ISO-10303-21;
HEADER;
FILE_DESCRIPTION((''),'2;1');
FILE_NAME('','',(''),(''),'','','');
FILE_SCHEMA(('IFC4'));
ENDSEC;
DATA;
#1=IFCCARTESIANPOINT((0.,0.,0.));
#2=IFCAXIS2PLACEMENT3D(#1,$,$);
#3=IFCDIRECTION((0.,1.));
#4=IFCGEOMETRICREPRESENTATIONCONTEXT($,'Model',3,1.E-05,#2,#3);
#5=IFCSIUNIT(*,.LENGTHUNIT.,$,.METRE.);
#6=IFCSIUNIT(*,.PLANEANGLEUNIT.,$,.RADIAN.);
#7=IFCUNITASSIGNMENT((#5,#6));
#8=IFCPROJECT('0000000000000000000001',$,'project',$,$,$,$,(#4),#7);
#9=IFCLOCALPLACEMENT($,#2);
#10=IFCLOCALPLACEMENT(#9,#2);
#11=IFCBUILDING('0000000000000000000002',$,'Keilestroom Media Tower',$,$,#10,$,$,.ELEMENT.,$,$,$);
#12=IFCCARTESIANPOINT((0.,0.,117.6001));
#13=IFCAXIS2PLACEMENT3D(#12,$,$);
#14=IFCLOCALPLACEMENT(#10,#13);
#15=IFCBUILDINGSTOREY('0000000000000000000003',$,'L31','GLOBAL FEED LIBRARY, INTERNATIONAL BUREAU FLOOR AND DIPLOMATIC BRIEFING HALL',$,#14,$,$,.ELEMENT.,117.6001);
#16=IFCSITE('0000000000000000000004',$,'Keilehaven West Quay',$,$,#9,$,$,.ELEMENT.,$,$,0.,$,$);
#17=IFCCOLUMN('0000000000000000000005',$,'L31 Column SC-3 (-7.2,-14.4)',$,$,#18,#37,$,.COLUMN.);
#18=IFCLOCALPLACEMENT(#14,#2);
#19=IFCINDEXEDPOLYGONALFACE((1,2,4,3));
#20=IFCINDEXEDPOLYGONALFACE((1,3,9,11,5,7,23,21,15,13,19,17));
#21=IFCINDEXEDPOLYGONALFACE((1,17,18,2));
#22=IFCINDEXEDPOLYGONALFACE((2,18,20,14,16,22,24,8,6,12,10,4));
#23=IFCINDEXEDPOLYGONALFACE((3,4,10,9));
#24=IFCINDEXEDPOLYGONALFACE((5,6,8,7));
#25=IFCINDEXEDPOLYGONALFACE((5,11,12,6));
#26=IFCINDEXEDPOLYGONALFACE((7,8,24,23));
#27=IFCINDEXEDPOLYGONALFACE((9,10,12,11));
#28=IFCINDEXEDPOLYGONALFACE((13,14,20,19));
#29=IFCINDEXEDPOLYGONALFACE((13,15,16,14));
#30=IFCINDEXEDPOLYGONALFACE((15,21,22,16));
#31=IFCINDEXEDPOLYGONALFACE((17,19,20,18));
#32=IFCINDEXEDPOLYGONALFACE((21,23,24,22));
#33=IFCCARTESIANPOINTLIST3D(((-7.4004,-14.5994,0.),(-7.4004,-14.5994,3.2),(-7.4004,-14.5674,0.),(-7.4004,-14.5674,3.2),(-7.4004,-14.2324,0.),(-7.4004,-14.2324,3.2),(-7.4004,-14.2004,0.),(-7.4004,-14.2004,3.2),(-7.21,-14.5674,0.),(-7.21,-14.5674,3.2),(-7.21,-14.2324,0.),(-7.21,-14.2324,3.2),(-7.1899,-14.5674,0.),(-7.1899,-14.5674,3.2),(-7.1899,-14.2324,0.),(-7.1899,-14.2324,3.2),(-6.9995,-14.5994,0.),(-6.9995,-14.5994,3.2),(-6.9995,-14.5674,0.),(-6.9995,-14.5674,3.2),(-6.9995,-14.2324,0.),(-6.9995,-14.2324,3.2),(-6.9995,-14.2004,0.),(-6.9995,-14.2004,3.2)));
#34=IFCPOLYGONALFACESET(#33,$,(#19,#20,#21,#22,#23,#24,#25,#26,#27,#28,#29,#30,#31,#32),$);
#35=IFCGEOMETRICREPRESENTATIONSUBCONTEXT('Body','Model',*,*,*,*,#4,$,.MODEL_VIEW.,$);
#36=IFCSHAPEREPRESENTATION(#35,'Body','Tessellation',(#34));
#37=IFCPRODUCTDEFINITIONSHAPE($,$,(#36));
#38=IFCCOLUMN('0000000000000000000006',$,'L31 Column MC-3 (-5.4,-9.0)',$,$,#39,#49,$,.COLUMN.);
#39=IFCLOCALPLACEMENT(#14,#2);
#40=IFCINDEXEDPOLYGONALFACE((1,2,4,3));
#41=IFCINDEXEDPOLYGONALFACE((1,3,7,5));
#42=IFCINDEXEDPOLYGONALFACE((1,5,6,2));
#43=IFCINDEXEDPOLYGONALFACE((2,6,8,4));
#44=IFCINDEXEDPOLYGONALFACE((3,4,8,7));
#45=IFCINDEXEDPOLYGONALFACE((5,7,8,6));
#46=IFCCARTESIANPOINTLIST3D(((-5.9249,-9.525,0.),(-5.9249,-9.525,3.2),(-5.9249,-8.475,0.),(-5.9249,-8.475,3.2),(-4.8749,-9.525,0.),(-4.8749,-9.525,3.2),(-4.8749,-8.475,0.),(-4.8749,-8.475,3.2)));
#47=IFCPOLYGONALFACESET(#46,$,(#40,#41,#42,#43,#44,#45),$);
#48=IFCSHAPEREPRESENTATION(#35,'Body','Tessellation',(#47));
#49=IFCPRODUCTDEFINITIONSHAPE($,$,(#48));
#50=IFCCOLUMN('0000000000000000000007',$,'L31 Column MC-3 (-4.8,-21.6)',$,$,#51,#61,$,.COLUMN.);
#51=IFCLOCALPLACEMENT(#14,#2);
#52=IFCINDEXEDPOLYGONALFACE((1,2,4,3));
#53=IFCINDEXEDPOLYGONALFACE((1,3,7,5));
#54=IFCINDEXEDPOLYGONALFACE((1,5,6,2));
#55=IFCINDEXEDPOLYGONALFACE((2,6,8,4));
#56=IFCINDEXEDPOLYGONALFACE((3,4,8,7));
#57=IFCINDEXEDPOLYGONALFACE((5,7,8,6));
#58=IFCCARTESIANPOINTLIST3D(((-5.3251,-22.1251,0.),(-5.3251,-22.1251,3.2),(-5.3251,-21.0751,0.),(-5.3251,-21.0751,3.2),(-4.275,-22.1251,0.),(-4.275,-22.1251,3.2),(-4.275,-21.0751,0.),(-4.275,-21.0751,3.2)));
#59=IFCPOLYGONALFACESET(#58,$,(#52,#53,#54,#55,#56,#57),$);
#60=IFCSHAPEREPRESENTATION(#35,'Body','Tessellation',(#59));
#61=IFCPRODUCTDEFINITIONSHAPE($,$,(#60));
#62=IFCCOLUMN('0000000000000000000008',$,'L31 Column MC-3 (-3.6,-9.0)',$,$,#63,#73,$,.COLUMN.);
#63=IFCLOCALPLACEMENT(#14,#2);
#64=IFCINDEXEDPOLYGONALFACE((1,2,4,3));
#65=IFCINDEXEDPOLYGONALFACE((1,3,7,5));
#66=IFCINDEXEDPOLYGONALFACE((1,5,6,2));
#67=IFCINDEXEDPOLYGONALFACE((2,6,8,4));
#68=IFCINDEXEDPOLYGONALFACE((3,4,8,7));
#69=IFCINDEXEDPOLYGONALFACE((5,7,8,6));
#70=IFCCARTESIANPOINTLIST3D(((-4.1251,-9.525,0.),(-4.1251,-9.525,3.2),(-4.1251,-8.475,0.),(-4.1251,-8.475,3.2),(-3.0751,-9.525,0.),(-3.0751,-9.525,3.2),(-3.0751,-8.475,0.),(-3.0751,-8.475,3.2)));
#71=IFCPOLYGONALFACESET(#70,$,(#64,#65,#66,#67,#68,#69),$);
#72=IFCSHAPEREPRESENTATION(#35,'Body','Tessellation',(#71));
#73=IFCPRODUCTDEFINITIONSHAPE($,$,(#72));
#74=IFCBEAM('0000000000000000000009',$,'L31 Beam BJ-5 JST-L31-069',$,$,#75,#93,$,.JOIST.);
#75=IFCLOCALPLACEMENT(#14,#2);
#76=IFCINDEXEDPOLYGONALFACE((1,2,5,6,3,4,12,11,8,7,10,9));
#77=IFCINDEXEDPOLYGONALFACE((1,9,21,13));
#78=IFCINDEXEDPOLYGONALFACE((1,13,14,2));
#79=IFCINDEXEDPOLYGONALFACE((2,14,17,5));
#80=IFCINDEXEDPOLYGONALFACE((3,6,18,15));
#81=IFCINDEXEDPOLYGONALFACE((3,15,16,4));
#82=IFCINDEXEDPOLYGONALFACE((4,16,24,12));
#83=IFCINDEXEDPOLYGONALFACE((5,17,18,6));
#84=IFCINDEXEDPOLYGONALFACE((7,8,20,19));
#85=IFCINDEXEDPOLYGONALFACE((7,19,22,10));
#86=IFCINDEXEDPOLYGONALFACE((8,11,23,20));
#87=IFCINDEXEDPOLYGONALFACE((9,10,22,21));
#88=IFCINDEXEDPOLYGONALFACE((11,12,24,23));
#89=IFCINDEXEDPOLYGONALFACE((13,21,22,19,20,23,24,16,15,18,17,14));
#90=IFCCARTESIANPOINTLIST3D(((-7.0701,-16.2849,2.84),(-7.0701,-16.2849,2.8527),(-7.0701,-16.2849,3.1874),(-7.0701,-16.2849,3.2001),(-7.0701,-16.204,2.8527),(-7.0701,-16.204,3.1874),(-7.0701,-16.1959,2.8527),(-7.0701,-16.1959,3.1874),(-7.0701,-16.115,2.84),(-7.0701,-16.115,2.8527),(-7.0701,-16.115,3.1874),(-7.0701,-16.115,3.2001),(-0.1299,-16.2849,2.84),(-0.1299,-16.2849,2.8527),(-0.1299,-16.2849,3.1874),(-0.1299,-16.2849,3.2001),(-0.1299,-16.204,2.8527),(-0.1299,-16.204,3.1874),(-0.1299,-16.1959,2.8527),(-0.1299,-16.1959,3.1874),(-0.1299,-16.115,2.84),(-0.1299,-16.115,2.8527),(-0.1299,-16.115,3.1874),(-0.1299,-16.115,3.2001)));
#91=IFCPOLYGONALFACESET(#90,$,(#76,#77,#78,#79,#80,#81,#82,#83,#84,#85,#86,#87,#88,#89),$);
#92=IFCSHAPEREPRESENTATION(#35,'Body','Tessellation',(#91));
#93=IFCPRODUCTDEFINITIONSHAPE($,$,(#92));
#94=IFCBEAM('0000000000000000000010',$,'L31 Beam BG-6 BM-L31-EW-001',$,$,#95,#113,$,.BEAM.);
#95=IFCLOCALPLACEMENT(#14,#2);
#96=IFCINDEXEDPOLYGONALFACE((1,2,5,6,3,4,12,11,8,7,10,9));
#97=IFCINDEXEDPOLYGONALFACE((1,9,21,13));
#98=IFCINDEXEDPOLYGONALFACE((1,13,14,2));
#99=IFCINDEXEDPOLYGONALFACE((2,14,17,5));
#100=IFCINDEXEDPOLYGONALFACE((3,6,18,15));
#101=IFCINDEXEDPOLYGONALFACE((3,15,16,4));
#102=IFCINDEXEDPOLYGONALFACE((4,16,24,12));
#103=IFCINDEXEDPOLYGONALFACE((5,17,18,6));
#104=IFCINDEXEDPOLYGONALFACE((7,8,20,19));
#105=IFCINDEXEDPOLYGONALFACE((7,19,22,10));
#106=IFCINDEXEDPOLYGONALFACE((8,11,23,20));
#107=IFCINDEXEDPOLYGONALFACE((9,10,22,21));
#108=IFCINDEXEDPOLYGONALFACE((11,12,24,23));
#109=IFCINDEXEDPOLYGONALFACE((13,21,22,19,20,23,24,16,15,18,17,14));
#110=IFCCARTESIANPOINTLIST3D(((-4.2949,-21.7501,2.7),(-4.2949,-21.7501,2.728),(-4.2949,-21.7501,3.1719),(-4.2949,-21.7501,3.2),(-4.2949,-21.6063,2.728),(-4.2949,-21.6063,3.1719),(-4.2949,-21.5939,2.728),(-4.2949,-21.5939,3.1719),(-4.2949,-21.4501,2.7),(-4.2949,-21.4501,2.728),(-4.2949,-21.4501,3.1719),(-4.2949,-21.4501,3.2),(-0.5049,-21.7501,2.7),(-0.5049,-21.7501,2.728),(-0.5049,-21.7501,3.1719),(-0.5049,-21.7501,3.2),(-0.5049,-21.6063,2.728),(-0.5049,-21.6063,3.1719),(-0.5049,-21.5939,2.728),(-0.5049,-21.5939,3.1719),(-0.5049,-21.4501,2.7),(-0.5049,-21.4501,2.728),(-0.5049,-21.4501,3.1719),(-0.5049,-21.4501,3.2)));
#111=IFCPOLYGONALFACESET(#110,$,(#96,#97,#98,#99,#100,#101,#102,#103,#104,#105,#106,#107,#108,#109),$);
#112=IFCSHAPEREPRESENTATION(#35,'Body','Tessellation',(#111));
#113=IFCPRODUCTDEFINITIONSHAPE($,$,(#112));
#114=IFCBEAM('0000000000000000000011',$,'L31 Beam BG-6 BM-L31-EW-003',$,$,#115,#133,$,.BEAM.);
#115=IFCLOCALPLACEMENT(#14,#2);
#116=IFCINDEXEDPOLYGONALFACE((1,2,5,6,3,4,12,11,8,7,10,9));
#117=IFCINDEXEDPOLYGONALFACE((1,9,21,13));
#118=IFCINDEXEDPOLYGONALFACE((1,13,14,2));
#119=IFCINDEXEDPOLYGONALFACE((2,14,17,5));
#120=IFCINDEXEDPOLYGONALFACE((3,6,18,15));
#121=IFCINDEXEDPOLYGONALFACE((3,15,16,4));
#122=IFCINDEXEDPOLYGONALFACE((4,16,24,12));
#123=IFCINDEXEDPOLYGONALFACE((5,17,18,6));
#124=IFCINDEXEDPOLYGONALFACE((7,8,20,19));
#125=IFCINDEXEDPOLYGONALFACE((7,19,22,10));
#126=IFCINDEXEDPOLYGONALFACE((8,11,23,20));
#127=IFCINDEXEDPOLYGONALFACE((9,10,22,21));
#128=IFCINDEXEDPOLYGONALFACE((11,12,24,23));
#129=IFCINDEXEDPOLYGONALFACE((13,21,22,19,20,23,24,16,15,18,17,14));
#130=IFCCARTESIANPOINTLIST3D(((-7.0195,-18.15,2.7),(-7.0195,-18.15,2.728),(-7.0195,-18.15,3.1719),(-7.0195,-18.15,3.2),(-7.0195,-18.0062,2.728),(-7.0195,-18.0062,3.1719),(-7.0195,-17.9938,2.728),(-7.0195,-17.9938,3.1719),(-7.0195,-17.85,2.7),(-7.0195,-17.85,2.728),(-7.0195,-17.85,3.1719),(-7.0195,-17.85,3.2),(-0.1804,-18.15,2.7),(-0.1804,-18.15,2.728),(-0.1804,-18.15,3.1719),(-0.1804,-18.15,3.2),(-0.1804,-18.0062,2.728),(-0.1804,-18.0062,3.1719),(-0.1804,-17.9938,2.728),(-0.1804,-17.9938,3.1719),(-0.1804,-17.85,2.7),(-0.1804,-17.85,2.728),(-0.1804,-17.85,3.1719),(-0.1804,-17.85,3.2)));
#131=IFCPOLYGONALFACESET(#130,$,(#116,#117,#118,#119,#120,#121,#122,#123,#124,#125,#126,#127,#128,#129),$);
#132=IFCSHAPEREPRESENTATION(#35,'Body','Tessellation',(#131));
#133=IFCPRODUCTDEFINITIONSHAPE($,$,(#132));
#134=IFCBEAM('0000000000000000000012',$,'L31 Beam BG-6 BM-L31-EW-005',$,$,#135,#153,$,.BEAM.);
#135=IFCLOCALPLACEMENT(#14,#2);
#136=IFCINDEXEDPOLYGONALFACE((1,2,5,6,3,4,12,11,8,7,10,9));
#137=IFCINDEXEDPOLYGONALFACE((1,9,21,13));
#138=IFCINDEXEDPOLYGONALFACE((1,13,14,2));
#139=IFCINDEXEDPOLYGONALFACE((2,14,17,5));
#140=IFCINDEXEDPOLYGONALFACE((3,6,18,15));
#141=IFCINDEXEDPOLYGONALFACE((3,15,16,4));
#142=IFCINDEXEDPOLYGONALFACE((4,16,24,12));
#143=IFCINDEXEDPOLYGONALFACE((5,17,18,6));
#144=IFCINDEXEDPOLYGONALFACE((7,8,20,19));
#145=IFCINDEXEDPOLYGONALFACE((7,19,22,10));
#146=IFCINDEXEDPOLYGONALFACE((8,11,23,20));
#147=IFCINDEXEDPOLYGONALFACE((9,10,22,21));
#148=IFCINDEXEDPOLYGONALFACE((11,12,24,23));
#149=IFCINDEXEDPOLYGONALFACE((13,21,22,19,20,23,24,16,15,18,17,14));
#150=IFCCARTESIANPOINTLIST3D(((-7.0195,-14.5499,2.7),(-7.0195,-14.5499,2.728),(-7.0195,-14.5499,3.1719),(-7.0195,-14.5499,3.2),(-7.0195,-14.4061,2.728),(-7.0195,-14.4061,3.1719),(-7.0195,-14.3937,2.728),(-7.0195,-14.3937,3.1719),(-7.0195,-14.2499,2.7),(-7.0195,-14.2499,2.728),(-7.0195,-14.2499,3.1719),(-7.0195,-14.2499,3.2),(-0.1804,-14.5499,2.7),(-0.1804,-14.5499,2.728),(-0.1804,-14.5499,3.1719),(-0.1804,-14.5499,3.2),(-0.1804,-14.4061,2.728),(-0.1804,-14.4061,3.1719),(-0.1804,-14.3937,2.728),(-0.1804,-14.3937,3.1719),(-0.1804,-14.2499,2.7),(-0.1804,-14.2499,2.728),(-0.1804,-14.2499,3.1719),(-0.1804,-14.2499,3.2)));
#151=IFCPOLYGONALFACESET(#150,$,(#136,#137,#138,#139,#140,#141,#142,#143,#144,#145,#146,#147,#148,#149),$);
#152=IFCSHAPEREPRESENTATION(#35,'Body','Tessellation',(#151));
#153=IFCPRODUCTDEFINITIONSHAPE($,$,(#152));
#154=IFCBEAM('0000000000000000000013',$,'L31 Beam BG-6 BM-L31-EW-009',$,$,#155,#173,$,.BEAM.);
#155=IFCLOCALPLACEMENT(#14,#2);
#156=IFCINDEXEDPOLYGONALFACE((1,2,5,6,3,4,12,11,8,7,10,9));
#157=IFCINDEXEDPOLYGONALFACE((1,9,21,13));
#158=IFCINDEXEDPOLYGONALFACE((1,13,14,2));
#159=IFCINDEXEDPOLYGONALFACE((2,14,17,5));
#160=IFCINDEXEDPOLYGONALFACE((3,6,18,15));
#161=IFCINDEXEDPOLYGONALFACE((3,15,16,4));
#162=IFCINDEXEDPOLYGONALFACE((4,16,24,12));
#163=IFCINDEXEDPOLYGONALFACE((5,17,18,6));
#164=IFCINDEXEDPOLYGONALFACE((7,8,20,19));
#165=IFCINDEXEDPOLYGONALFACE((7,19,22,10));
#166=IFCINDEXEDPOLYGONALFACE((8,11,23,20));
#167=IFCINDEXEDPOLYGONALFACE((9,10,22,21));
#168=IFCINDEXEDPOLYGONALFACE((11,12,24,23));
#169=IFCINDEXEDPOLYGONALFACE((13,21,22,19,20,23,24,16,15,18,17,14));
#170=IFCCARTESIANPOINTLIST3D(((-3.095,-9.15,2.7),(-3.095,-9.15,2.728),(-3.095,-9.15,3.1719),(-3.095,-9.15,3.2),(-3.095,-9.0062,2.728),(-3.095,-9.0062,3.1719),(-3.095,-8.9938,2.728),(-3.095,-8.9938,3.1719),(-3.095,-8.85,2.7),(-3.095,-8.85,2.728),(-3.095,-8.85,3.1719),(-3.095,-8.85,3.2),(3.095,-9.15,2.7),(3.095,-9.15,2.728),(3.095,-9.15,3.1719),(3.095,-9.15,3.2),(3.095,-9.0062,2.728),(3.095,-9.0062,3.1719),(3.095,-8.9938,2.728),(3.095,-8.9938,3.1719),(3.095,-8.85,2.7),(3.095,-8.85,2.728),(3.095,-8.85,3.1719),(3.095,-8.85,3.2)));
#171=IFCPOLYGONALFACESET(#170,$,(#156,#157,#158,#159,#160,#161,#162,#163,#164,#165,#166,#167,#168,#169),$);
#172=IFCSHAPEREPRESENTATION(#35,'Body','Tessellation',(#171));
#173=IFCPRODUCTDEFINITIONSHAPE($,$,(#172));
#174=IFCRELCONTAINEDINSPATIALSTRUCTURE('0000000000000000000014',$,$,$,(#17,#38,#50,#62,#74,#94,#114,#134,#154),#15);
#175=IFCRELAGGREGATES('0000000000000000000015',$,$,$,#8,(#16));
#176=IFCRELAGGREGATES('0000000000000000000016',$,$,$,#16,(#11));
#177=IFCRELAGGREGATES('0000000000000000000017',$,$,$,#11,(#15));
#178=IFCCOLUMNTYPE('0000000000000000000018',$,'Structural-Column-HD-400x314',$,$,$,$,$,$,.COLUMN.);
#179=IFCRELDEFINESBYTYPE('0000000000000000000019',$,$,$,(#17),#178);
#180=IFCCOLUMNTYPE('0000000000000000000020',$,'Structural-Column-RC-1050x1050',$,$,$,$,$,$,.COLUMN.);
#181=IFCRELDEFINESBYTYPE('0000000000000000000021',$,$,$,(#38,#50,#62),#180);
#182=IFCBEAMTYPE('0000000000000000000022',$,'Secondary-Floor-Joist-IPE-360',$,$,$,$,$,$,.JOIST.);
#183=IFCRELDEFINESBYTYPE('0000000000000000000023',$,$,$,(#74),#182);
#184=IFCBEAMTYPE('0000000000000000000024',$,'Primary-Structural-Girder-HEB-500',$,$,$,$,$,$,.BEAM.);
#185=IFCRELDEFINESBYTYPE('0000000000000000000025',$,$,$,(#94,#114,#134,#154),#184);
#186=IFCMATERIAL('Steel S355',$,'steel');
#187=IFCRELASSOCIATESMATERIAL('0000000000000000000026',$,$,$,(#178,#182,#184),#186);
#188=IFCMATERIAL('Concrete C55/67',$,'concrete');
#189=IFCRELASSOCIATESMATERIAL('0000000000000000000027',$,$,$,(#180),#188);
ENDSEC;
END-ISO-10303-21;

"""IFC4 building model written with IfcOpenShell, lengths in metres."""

from ifc_helpers import new_model, si_unit, direction, frame, origin, origin_2d, place, context, subcontext, project, spatial, rectangle, i_section, extrude, source, transform, mapped, material, material_profile, profile_set, type_object, element, save


model = new_model("IFC4")

# Units and contexts
model_context = context("Model", 3, precision=1e-05, world=origin(), true_north=direction((0.0, 1.0)))
body_context = subcontext(model_context, "Body", "Model", "MODEL_VIEW")
ifc_project = project(units=[si_unit("LENGTHUNIT", "METRE"), si_unit("PLANEANGLEUNIT", "RADIAN")], contexts=[model_context])

# Site, building, storey
site_placement = place(None, origin())
site = spatial("IfcSite", under=ifc_project, at=site_placement, Name="Keilehaven West Quay", CompositionType="ELEMENT", RefElevation=0.0)
building_placement = place(site_placement, origin())
building = spatial("IfcBuilding", under=site, at=building_placement, Name="Keilestroom Media Tower", CompositionType="ELEMENT")
storey_placement = place(building_placement, frame((0.0, 0.0, 117.6001)))
storey = spatial("IfcBuildingStorey", under=building, at=storey_placement, Name="L31", Description="GLOBAL FEED LIBRARY, INTERNATIONAL BUREAU FLOOR AND DIPLOMATIC BRIEFING HALL", CompositionType="ELEMENT", Elevation=117.6001)

# Columns
ifc_material_1 = material(Name="Steel S355", Category="steel")
ifc_material_profile_1 = material_profile(ifc_material_1, i_section(OverallWidth=0.4009, OverallDepth=0.3989, WebThickness=0.02, FlangeThickness=0.032, at=origin_2d()), Name="HD 400x314")
ifc_profile_set_1 = profile_set([ifc_material_profile_1], Name="Steel S355")
column_type_1 = type_object("IfcColumnType", Name="Structural-Column-HD-400x314", PredefinedType="COLUMN", material=ifc_profile_set_1)
shared_shape_1 = source(origin(), body_context, "Body", "SweptSolid", [
    extrude(i_section(OverallWidth=0.4009, OverallDepth=0.3989, WebThickness=0.02, FlangeThickness=0.032, at=origin_2d()), origin(), (0.0, 0.0, 1.0), 3.2),
])
column_placement = place(storey_placement, frame((-7.2, -14.3999, 0.0), z_axis=(0.0, 0.0, 1.0), x_axis=(1.0, 0.0, 0.0)))
element("IfcColumn", 1, at=column_placement, inside=storey, type_object=column_type_1, Name="L31 Column SC-3 (-7.2,-14.4)", PredefinedType="COLUMN", context=body_context, shape_type="MappedRepresentation", body=[
    mapped(shared_shape_1, transform((0.0, 0.0, 0.0), x_axis=(1.0, 0.0, 0.0), y_axis=(0.0, 1.0, 0.0), z_axis=(0.0, 0.0, 1.0), scale=1.0)),
])
ifc_material_2 = material(Name="Concrete C55/67", Category="concrete")
ifc_material_profile_2 = material_profile(ifc_material_2, rectangle(XDim=1.05, YDim=1.05, at=origin_2d()), Name="RC 1050x1050")
ifc_profile_set_2 = profile_set([ifc_material_profile_2], Name="Concrete C55/67")
column_type_2 = type_object("IfcColumnType", Name="Structural-Column-RC-1050x1050", PredefinedType="COLUMN", material=ifc_profile_set_2)
shared_shape_2 = source(origin(), body_context, "Body", "SweptSolid", [
    extrude(rectangle(XDim=1.05, YDim=1.05, at=origin_2d()), origin(), (0.0, 0.0, 1.0), 3.2),
])
for number, where, z_axis, x_axis, name in (
    (2, (-5.3999, -9.0, 0.0), (0.0, 0.0, 1.0), (1.0, 0.0, 0.0), "L31 Column MC-3 (-5.4,-9.0)"),
    (3, (-4.8, -21.6001, 0.0), (0.0, 0.0, 1.0), (1.0, 0.0, 0.0), "L31 Column MC-3 (-4.8,-21.6)"),
    (4, (-3.6001, -9.0, 0.0), (0.0, 0.0, 1.0), (1.0, 0.0, 0.0), "L31 Column MC-3 (-3.6,-9.0)"),
):
    element("IfcColumn", number, at=place(storey_placement, frame(where, z_axis=z_axis, x_axis=x_axis)), inside=storey, type_object=column_type_2, Name=name, PredefinedType="COLUMN", context=body_context, shape_type="MappedRepresentation", body=[
        mapped(shared_shape_2, transform((0.0, 0.0, 0.0), x_axis=(1.0, 0.0, 0.0), y_axis=(0.0, 1.0, 0.0), z_axis=(0.0, 0.0, 1.0), scale=1.0)),
    ])

# Beams
ifc_material_profile_3 = material_profile(ifc_material_1, i_section(OverallWidth=0.1699, OverallDepth=0.3601, WebThickness=0.0081, FlangeThickness=0.0127, at=origin_2d()), Name="IPE 360")
ifc_profile_set_3 = profile_set([ifc_material_profile_3], Name="Steel S355")
beam_type_1 = type_object("IfcBeamType", Name="Secondary-Floor-Joist-IPE-360", PredefinedType="JOIST", material=ifc_profile_set_3)
shared_shape_3 = source(origin(), body_context, "Body", "SweptSolid", [
    extrude(i_section(OverallWidth=0.1699, OverallDepth=0.3601, WebThickness=0.0081, FlangeThickness=0.0127, at=origin_2d()), origin(), (0.0, 0.0, 1.0), 6.9402),
])
beam_1_placement = place(storey_placement, frame((-7.0701, -16.2, 3.02), z_axis=(1.0, 0.0, 0.0), x_axis=(0.0, 1.0, 0.0)))
element("IfcBeam", 5, at=beam_1_placement, inside=storey, type_object=beam_type_1, Name="L31 Beam BJ-5 JST-L31-069", PredefinedType="JOIST", context=body_context, shape_type="MappedRepresentation", body=[
    mapped(shared_shape_3, transform((0.0, 0.0, 0.0), x_axis=(1.0, 0.0, 0.0), y_axis=(0.0, 1.0, 0.0), z_axis=(0.0, 0.0, 1.0), scale=1.0)),
])
ifc_material_profile_4 = material_profile(ifc_material_1, i_section(OverallWidth=0.3, OverallDepth=0.5, WebThickness=0.0125, FlangeThickness=0.0281, at=origin_2d()), Name="HEB 500")
ifc_profile_set_4 = profile_set([ifc_material_profile_4], Name="Steel S355")
beam_type_2 = type_object("IfcBeamType", Name="Primary-Structural-Girder-HEB-500", PredefinedType="BEAM", material=ifc_profile_set_4)
shared_shape_4 = source(origin(), body_context, "Body", "SweptSolid", [
    extrude(i_section(OverallWidth=0.3, OverallDepth=0.5, WebThickness=0.0125, FlangeThickness=0.0281, at=origin_2d()), origin(), (0.0, 0.0, 1.0), 3.79),
])
beam_2_placement = place(storey_placement, frame((-4.2949, -21.6001, 2.95), z_axis=(1.0, 0.0, 0.0), x_axis=(0.0, 1.0, 0.0)))
element("IfcBeam", 6, at=beam_2_placement, inside=storey, type_object=beam_type_2, Name="L31 Beam BG-6 BM-L31-EW-001", PredefinedType="BEAM", context=body_context, shape_type="MappedRepresentation", body=[
    mapped(shared_shape_4, transform((0.0, 0.0, 0.0), x_axis=(1.0, 0.0, 0.0), y_axis=(0.0, 1.0, 0.0), z_axis=(0.0, 0.0, 1.0), scale=1.0)),
])
shared_shape_5 = source(origin(), body_context, "Body", "SweptSolid", [
    extrude(i_section(OverallWidth=0.3, OverallDepth=0.5, WebThickness=0.0125, FlangeThickness=0.0281, at=origin_2d()), origin(), (0.0, 0.0, 1.0), 6.8391),
])
for number, where, z_axis, x_axis, name in (
    (7, (-7.0195, -18.0, 2.95), (1.0, 0.0, 0.0), (0.0, 1.0, 0.0), "L31 Beam BG-6 BM-L31-EW-003"),
    (8, (-7.0195, -14.3999, 2.95), (1.0, 0.0, 0.0), (0.0, 1.0, 0.0), "L31 Beam BG-6 BM-L31-EW-005"),
):
    element("IfcBeam", number, at=place(storey_placement, frame(where, z_axis=z_axis, x_axis=x_axis)), inside=storey, type_object=beam_type_2, Name=name, PredefinedType="BEAM", context=body_context, shape_type="MappedRepresentation", body=[
        mapped(shared_shape_5, transform((0.0, 0.0, 0.0), x_axis=(1.0, 0.0, 0.0), y_axis=(0.0, 1.0, 0.0), z_axis=(0.0, 0.0, 1.0), scale=1.0)),
    ])
shared_shape_6 = source(origin(), body_context, "Body", "SweptSolid", [
    extrude(i_section(OverallWidth=0.3, OverallDepth=0.5, WebThickness=0.0125, FlangeThickness=0.0281, at=origin_2d()), origin(), (0.0, 0.0, 1.0), 6.1899),
])
beam_3_placement = place(storey_placement, frame((-3.095, -9.0, 2.95), z_axis=(1.0, 0.0, 0.0), x_axis=(0.0, 1.0, 0.0)))
element("IfcBeam", 9, at=beam_3_placement, inside=storey, type_object=beam_type_2, Name="L31 Beam BG-6 BM-L31-EW-009", PredefinedType="BEAM", context=body_context, shape_type="MappedRepresentation", body=[
    mapped(shared_shape_6, transform((0.0, 0.0, 0.0), x_axis=(1.0, 0.0, 0.0), y_axis=(0.0, 1.0, 0.0), z_axis=(0.0, 0.0, 1.0), scale=1.0)),
])

save(model, "model.ifc")
